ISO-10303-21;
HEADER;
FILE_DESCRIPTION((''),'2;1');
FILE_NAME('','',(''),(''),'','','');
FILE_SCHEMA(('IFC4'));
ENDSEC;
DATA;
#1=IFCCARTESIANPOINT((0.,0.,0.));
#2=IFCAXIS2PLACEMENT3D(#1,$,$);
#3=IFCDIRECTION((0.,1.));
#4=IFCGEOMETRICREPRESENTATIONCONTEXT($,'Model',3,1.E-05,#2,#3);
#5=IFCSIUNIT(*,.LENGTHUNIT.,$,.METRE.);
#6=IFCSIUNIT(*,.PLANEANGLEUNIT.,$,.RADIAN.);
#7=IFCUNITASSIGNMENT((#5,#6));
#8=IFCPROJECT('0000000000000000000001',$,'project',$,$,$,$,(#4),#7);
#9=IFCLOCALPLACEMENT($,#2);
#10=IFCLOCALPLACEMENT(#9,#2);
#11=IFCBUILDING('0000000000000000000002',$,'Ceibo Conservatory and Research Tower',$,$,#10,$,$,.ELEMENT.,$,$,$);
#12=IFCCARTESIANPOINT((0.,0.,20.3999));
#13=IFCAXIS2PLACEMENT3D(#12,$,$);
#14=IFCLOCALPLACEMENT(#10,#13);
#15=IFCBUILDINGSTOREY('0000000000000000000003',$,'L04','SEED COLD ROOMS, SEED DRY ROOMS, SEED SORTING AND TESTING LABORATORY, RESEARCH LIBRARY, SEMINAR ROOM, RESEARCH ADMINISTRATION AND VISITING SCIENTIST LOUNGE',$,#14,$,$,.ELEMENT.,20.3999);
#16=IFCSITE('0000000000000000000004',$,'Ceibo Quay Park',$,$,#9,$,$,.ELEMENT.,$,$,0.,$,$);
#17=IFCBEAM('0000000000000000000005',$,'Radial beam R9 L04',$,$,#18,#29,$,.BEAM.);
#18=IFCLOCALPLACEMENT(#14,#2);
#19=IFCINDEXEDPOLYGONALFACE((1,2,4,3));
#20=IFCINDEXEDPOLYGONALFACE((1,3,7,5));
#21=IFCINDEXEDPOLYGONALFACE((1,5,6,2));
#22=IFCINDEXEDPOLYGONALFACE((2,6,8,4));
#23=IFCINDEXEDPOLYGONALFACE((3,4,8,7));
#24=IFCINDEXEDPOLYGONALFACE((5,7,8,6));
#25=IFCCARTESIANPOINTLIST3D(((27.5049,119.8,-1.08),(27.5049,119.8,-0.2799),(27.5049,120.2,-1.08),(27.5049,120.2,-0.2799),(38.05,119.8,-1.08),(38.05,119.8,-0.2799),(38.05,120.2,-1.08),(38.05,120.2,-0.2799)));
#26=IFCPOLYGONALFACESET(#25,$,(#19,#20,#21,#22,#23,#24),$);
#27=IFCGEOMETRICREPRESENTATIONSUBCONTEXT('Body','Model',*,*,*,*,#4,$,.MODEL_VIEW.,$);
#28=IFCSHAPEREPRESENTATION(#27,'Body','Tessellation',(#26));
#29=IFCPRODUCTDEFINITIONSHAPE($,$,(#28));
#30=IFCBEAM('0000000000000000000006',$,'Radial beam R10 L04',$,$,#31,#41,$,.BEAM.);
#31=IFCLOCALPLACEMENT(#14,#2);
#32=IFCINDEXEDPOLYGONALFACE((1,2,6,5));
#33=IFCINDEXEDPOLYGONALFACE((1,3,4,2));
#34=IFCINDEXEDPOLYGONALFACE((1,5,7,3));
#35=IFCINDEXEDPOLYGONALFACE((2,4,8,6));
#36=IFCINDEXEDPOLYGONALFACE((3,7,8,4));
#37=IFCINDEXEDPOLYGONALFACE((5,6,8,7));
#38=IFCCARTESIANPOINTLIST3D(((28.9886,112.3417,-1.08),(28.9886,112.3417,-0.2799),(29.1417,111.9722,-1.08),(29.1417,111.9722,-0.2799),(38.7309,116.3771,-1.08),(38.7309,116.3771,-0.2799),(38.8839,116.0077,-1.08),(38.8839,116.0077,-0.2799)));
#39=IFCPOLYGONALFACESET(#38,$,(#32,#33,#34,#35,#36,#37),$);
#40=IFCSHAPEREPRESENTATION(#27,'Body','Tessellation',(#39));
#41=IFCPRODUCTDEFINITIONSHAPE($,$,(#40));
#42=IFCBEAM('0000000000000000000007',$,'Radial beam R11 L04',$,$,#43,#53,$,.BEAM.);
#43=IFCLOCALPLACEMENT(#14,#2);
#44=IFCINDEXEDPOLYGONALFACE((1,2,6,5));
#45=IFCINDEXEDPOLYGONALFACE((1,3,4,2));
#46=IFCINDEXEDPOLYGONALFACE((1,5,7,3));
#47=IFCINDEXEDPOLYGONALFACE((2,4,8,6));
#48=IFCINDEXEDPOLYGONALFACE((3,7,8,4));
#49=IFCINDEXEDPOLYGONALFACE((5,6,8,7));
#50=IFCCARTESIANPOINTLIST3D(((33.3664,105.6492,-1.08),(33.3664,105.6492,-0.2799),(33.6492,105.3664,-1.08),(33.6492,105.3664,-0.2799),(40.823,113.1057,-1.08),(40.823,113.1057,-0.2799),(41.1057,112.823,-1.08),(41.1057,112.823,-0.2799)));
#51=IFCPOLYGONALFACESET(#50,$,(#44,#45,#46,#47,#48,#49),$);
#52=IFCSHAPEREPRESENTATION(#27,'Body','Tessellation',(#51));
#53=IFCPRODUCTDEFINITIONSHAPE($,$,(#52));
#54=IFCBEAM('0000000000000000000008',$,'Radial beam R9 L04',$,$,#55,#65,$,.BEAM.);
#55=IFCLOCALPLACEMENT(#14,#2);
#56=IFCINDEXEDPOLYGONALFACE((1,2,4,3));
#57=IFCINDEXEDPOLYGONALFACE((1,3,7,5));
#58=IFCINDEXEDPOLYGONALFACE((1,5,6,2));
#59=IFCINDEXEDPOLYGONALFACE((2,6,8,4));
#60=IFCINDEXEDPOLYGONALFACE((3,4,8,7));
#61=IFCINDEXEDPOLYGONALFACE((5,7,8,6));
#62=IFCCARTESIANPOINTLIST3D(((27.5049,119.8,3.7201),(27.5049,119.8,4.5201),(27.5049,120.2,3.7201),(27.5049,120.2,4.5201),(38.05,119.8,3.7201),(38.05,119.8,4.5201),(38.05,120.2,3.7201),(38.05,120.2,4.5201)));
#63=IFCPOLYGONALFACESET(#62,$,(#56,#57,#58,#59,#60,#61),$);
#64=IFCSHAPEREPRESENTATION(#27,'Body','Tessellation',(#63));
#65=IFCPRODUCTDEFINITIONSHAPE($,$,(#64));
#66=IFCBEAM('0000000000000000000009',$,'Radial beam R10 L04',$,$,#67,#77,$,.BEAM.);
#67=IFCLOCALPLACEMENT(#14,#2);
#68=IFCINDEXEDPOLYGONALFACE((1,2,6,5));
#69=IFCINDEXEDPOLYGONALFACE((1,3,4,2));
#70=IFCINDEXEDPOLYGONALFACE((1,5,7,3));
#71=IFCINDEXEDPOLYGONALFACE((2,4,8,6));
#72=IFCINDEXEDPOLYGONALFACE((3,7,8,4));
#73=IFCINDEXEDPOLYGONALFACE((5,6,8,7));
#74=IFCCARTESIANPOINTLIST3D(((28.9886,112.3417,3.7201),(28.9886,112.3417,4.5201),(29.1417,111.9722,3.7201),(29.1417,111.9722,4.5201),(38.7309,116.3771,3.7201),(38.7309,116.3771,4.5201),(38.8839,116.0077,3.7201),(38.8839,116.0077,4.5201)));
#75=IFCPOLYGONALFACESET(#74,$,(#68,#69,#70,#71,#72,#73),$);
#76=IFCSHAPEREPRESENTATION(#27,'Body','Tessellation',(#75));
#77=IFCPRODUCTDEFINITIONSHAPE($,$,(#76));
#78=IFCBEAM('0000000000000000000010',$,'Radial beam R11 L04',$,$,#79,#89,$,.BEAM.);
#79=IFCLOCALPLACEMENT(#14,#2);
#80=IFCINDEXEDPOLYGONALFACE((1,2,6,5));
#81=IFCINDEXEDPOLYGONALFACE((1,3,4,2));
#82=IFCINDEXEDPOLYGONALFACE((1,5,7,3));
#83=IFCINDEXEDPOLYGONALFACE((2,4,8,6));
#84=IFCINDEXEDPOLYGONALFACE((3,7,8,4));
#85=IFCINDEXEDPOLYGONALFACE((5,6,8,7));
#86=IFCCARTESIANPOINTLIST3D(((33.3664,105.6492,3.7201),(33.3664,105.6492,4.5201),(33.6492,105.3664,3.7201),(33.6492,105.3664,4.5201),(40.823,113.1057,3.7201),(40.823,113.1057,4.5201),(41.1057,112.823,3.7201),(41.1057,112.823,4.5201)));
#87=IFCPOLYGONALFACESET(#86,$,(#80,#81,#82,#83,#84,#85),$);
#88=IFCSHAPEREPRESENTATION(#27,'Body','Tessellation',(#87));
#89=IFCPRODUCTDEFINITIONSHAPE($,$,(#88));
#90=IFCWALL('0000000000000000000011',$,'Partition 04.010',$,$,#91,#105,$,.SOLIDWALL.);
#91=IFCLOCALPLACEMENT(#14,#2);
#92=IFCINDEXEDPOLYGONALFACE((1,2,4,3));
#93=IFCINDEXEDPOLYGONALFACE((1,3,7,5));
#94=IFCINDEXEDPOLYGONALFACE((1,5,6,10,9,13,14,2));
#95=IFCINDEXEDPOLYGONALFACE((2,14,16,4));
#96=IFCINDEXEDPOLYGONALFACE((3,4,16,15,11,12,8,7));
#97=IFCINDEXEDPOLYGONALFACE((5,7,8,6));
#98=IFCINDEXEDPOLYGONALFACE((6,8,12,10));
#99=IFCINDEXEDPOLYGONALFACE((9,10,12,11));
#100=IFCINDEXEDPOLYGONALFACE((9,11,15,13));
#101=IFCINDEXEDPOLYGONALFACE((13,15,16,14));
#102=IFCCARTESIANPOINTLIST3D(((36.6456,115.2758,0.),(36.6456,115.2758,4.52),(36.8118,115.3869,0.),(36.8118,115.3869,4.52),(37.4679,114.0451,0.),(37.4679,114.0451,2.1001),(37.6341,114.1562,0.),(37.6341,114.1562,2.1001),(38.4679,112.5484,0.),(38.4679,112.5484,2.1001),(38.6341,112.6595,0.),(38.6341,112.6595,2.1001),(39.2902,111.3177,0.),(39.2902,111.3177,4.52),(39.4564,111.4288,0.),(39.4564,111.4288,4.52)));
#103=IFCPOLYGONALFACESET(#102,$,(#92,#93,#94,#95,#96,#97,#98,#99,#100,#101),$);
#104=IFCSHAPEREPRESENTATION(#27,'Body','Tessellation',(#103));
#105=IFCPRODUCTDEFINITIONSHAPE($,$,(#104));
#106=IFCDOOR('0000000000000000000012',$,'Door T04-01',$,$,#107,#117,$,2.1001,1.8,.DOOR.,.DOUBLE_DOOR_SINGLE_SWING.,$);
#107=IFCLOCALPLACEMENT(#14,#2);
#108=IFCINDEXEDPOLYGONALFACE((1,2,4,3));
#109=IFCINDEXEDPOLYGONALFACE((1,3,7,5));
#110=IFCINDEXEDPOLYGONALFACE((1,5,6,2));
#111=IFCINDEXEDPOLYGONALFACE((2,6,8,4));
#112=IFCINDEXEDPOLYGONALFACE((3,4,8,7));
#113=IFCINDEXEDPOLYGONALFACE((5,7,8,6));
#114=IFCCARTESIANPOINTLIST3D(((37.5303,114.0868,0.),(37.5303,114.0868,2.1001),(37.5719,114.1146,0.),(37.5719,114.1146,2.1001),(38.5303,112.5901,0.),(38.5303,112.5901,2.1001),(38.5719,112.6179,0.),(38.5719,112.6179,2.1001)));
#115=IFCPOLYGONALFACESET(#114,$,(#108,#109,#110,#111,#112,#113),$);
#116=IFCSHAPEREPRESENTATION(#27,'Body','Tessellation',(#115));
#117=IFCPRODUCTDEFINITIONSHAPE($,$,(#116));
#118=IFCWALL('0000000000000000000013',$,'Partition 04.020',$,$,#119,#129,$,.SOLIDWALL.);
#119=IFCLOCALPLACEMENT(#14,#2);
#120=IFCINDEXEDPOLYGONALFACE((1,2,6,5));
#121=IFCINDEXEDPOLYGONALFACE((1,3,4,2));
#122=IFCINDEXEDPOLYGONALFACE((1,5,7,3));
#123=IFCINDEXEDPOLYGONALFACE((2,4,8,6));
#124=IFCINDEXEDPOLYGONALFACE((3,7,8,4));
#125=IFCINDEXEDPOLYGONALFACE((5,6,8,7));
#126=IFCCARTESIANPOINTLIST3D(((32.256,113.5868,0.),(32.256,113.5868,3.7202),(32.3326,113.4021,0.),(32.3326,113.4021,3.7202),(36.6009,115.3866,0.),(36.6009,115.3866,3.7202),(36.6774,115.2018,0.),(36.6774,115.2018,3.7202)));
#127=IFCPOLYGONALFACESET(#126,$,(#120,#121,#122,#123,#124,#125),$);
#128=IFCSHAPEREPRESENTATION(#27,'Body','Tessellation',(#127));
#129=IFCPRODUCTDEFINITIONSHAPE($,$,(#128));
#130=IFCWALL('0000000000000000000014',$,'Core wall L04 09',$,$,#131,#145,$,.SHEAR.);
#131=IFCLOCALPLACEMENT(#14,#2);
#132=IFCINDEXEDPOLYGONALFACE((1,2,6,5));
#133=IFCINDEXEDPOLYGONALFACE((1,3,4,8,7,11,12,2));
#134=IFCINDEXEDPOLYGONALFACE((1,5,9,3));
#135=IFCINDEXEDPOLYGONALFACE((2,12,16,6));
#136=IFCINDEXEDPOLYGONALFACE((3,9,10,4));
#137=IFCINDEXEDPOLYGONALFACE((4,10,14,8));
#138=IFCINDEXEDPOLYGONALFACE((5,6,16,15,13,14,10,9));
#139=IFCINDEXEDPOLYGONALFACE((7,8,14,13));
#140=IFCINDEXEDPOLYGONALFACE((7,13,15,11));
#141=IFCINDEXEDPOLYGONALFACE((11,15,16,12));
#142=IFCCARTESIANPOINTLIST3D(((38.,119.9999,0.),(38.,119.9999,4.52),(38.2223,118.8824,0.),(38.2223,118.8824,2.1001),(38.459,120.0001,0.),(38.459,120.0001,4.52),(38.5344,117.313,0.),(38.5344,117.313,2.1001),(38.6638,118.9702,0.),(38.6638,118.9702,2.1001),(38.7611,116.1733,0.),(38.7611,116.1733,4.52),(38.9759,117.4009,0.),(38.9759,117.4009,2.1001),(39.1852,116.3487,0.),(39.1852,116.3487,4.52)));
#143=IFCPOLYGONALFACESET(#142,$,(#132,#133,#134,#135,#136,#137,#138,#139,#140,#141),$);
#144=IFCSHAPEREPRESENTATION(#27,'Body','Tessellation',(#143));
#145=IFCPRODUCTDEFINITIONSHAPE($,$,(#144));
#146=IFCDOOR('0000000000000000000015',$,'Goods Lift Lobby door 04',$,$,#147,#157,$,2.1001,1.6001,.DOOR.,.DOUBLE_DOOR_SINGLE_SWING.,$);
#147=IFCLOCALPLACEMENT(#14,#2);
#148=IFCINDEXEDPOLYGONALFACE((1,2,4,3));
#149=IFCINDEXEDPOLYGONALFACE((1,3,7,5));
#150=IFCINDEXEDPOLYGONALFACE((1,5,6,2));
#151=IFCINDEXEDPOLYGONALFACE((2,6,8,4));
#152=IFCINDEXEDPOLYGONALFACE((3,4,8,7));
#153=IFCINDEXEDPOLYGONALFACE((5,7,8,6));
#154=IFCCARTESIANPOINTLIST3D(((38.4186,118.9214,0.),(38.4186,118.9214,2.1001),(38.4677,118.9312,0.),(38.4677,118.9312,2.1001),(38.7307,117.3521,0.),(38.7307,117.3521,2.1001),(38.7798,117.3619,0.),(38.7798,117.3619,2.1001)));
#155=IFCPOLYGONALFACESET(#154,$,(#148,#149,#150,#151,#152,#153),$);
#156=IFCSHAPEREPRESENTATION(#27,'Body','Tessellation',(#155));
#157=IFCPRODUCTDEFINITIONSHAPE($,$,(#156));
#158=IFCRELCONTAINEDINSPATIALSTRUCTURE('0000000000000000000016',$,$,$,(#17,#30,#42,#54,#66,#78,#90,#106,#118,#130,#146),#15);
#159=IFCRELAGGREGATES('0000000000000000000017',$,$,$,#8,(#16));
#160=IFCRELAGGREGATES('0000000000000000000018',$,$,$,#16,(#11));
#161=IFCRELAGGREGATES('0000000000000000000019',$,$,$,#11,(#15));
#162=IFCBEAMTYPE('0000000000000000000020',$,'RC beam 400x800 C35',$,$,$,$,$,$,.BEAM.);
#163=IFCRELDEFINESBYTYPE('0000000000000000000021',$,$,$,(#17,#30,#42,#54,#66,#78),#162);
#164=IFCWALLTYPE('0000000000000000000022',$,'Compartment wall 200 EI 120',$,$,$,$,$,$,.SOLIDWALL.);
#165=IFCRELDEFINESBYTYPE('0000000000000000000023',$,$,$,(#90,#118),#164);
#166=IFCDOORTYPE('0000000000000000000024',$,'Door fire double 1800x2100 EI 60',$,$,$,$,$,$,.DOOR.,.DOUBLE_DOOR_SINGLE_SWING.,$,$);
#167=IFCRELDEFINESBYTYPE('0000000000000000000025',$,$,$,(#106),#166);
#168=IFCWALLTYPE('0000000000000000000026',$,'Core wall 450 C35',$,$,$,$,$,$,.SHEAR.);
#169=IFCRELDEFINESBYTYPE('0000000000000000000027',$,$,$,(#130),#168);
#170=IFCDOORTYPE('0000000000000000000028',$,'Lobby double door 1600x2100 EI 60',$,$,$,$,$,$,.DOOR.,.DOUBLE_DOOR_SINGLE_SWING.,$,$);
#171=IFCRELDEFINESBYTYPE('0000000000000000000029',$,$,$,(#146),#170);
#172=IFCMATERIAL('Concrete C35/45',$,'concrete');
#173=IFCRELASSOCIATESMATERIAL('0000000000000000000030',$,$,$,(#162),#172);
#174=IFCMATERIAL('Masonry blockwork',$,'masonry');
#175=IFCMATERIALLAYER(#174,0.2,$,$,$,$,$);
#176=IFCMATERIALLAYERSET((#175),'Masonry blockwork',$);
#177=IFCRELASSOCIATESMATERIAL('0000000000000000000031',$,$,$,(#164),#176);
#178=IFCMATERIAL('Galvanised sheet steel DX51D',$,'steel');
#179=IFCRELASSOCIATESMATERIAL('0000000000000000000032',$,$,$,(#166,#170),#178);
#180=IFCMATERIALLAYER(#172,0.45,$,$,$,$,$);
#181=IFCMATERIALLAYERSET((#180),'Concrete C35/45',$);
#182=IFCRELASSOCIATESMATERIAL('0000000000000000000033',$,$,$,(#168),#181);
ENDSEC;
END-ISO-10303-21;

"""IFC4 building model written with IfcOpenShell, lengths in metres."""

from ifc_helpers import new_model, si_unit, direction, frame, frame_2d, origin, origin_2d, place, context, subcontext, project, spatial, polyline, rectangle, outline, extrude, material, layer, layer_set, material_profile, profile_set, type_object, element, fill, save


model = new_model("IFC4")

# Units and contexts
model_context = context("Model", 3, precision=1e-05, world=origin(), true_north=direction((0.0, 1.0)))
body_context = subcontext(model_context, "Body", "Model", "MODEL_VIEW")
ifc_project = project(units=[si_unit("LENGTHUNIT", "METRE"), si_unit("PLANEANGLEUNIT", "RADIAN")], contexts=[model_context])

# Site, building, storey
site_placement = place(None, origin())
site = spatial("IfcSite", under=ifc_project, at=site_placement, Name="Ceibo Quay Park", CompositionType="ELEMENT", RefElevation=0.0)
building_placement = place(site_placement, origin())
building = spatial("IfcBuilding", under=site, at=building_placement, Name="Ceibo Conservatory and Research Tower", CompositionType="ELEMENT")
storey_placement = place(building_placement, frame((0.0, 0.0, 20.3999)))
storey = spatial("IfcBuildingStorey", under=building, at=storey_placement, Name="L04", Description="SEED COLD ROOMS, SEED DRY ROOMS, SEED SORTING AND TESTING LABORATORY, RESEARCH LIBRARY, SEMINAR ROOM, RESEARCH ADMINISTRATION AND VISITING SCIENTIST LOUNGE", CompositionType="ELEMENT", Elevation=20.3999)

# Beams
ifc_material_1 = material(Name="Concrete C35/45", Category="concrete")
ifc_material_profile = material_profile(ifc_material_1, rectangle(XDim=0.3999, YDim=0.8, at=origin_2d()), Name="RC 400x800")
ifc_profile_set = profile_set([ifc_material_profile], Name="Concrete C35/45")
beam_type = type_object("IfcBeamType", Name="RC beam 400x800 C35", PredefinedType="BEAM", material=ifc_profile_set)
beam_1_placement = place(storey_placement, frame((38.05, 120.0, -0.6799), z_axis=(-1.0, 0.0, 0.0), x_axis=(0.0, -1.0, 0.0)))
element("IfcBeam", 1, at=beam_1_placement, inside=storey, type_object=beam_type, Name="Radial beam R9 L04", PredefinedType="BEAM", context=body_context, shape_type="SweptSolid", body=[
    extrude(rectangle(XDim=0.3999, YDim=0.8, at=origin_2d()), origin(), (0.0, 0.0, 1.0), 10.5452),
])
beam_2_placement = place(storey_placement, frame((38.8074, 116.1924, -0.6799), z_axis=(-0.923878, -0.382688, 0.0), x_axis=(0.382688, -0.923878, 0.0)))
element("IfcBeam", 2, at=beam_2_placement, inside=storey, type_object=beam_type, Name="Radial beam R10 L04", PredefinedType="BEAM", context=body_context, shape_type="SweptSolid", body=[
    extrude(rectangle(XDim=0.3999, YDim=0.8, at=origin_2d()), origin(), (0.0, 0.0, 1.0), 10.5449),
])
for number, where, z_axis, x_axis, name in (
    (3, (40.9644, 112.9644, -0.6799), (-0.707107, -0.707107, 0.0), (0.707107, -0.707107, 0.0), "Radial beam R11 L04"),
    (4, (38.05, 120.0, 4.1201), (-1.0, 0.0, 0.0), (0.0, -1.0, 0.0), "Radial beam R9 L04"),
):
    element("IfcBeam", number, at=place(storey_placement, frame(where, z_axis=z_axis, x_axis=x_axis)), inside=storey, type_object=beam_type, Name=name, PredefinedType="BEAM", context=body_context, shape_type="SweptSolid", body=[
        extrude(rectangle(XDim=0.3999, YDim=0.8, at=origin_2d()), origin(), (0.0, 0.0, 1.0), 10.5452),
    ])
beam_3_placement = place(storey_placement, frame((38.8074, 116.1924, 4.1201), z_axis=(-0.923878, -0.382688, 0.0), x_axis=(0.382688, -0.923878, 0.0)))
element("IfcBeam", 5, at=beam_3_placement, inside=storey, type_object=beam_type, Name="Radial beam R10 L04", PredefinedType="BEAM", context=body_context, shape_type="SweptSolid", body=[
    extrude(rectangle(XDim=0.3999, YDim=0.8, at=origin_2d()), origin(), (0.0, 0.0, 1.0), 10.5449),
])
beam_4_placement = place(storey_placement, frame((40.9644, 112.9644, 4.1201), z_axis=(-0.707107, -0.707107, 0.0), x_axis=(0.707107, -0.707107, 0.0)))
element("IfcBeam", 6, at=beam_4_placement, inside=storey, type_object=beam_type, Name="Radial beam R11 L04", PredefinedType="BEAM", context=body_context, shape_type="SweptSolid", body=[
    extrude(rectangle(XDim=0.3999, YDim=0.8, at=origin_2d()), origin(), (0.0, 0.0, 1.0), 10.5452),
])

# Wall, opening, door
ifc_material_2 = material(Name="Masonry blockwork", Category="masonry")
ifc_layer_1 = layer(ifc_material_2, 0.2)
ifc_layer_set_1 = layer_set([ifc_layer_1], Name="Masonry blockwork")
wall_type_1 = type_object("IfcWallType", Name="Compartment wall 200 EI 120", PredefinedType="SOLIDWALL", material=ifc_layer_set_1)
wall_1_placement = place(storey_placement, frame((39.3733, 111.3733, 0.0), z_axis=(0.0, 0.0, 1.0), x_axis=(-0.555552, 0.831482, 0.0)))
wall_1 = element("IfcWall", 7, at=wall_1_placement, inside=storey, type_object=wall_type_1, Name="Partition 04.010", PredefinedType="SOLIDWALL", context=body_context, shape_type="SweptSolid", body=[
    extrude(rectangle(XDim=4.7603, YDim=0.2, at=frame_2d((2.3801, 0.0))), origin(), (0.0, 0.0, 1.0), 4.52),
])
opening_1_placement = place(wall_1_placement, frame((1.4802, 0.0, 0.0)))
opening_1 = element("IfcOpeningElement", 8, at=opening_1_placement, cuts=wall_1, PredefinedType="OPENING", context=body_context, shape_type="SweptSolid", body=[
    extrude(rectangle(XDim=1.8, YDim=2.1001, at=frame_2d((0.8999, 1.05))), frame((0.0, 0.1099, 0.0), z_axis=(0.0, -1.0, 0.0), x_axis=(1.0, 0.0, 0.0)), (0.0, 0.0, 1.0), 0.22),
])
ifc_material_3 = material(Name="Galvanised sheet steel DX51D", Category="steel")
door_type_1 = type_object("IfcDoorType", Name="Door fire double 1800x2100 EI 60", OperationType="DOUBLE_DOOR_SINGLE_SWING", PredefinedType="DOOR", material=ifc_material_3)
door_1_placement = place(opening_1_placement, origin())
door_1 = element("IfcDoor", 9, at=door_1_placement, inside=storey, type_object=door_type_1, Name="Door T04-01", OperationType="DOUBLE_DOOR_SINGLE_SWING", OverallHeight=2.1001, OverallWidth=1.8, PredefinedType="DOOR", context=body_context, shape_type="SweptSolid", body=[
    extrude(rectangle(XDim=1.8, YDim=2.1001, at=frame_2d((0.8999, 1.05))), frame((0.0, 0.0249, 0.0), z_axis=(0.0, -1.0, 0.0), x_axis=(1.0, 0.0, 0.0)), (0.0, 0.0, 1.0), 0.05),
])
fill(opening_1, door_1)

# Wall
wall_2_placement = place(storey_placement, frame((32.2942, 113.4944, 0.0), z_axis=(0.0, 0.0, 1.0), x_axis=(0.923875, 0.382694, 0.0)))
element("IfcWall", 10, at=wall_2_placement, inside=storey, type_object=wall_type_1, Name="Partition 04.020", PredefinedType="SOLIDWALL", context=body_context, shape_type="SweptSolid", body=[
    extrude(rectangle(XDim=4.7029, YDim=0.2, at=frame_2d((2.3516, 0.0))), origin(), (0.0, 0.0, 1.0), 3.7202),
])

# Wall, opening, door
ifc_layer_2 = layer(ifc_material_1, 0.45)
ifc_layer_set_2 = layer_set([ifc_layer_2], Name="Concrete C35/45")
wall_type_2 = type_object("IfcWallType", Name="Core wall 450 C35", PredefinedType="SHEAR", material=ifc_layer_set_2)
wall_3_placement = place(storey_placement, frame((38.2295, 120.0, 0.0), z_axis=(0.0, 0.0, 1.0), x_axis=(0.195069, -0.980789, 0.0)))
wall_3 = element("IfcWall", 11, at=wall_3_placement, inside=storey, type_object=wall_type_2, Name="Core wall L04 09", PredefinedType="SHEAR", context=body_context, shape_type="SweptSolid", body=[
    extrude(outline(polyline([(-0.0447, -0.2251), (3.8569, -0.2251), (3.7676, 0.2251), (0.0447, 0.2251), (-0.0447, -0.2251)])), origin(), (0.0, 0.0, 1.0), 4.52),
])
opening_2_placement = place(wall_3_placement, frame((1.0947, 0.0, 0.0)))
opening_2 = element("IfcOpeningElement", 12, at=opening_2_placement, cuts=wall_3, PredefinedType="OPENING", context=body_context, shape_type="SweptSolid", body=[
    extrude(rectangle(XDim=1.6001, YDim=2.1001, at=frame_2d((0.8, 1.05))), frame((0.0, 0.2349, 0.0), z_axis=(0.0, -1.0, 0.0), x_axis=(1.0, 0.0, 0.0)), (0.0, 0.0, 1.0), 0.47),
])
door_type_2 = type_object("IfcDoorType", Name="Lobby double door 1600x2100 EI 60", OperationType="DOUBLE_DOOR_SINGLE_SWING", PredefinedType="DOOR", material=ifc_material_3)
door_2_placement = place(opening_2_placement, frame((1.6001, 0.0, 0.0), z_axis=(0.0, 0.0, 1.0), x_axis=(-1.0, 0.0, 0.0)))
door_2 = element("IfcDoor", 13, at=door_2_placement, inside=storey, type_object=door_type_2, Name="Goods Lift Lobby door 04", OperationType="DOUBLE_DOOR_SINGLE_SWING", OverallHeight=2.1001, OverallWidth=1.6001, PredefinedType="DOOR", context=body_context, shape_type="SweptSolid", body=[
    extrude(rectangle(XDim=1.6001, YDim=2.1001, at=frame_2d((0.8, 1.05))), frame((0.0, 0.0249, 0.0), z_axis=(0.0, -1.0, 0.0), x_axis=(1.0, 0.0, 0.0)), (0.0, 0.0, 1.0), 0.05),
])
fill(opening_2, door_2)

save(model, "model.ifc")
